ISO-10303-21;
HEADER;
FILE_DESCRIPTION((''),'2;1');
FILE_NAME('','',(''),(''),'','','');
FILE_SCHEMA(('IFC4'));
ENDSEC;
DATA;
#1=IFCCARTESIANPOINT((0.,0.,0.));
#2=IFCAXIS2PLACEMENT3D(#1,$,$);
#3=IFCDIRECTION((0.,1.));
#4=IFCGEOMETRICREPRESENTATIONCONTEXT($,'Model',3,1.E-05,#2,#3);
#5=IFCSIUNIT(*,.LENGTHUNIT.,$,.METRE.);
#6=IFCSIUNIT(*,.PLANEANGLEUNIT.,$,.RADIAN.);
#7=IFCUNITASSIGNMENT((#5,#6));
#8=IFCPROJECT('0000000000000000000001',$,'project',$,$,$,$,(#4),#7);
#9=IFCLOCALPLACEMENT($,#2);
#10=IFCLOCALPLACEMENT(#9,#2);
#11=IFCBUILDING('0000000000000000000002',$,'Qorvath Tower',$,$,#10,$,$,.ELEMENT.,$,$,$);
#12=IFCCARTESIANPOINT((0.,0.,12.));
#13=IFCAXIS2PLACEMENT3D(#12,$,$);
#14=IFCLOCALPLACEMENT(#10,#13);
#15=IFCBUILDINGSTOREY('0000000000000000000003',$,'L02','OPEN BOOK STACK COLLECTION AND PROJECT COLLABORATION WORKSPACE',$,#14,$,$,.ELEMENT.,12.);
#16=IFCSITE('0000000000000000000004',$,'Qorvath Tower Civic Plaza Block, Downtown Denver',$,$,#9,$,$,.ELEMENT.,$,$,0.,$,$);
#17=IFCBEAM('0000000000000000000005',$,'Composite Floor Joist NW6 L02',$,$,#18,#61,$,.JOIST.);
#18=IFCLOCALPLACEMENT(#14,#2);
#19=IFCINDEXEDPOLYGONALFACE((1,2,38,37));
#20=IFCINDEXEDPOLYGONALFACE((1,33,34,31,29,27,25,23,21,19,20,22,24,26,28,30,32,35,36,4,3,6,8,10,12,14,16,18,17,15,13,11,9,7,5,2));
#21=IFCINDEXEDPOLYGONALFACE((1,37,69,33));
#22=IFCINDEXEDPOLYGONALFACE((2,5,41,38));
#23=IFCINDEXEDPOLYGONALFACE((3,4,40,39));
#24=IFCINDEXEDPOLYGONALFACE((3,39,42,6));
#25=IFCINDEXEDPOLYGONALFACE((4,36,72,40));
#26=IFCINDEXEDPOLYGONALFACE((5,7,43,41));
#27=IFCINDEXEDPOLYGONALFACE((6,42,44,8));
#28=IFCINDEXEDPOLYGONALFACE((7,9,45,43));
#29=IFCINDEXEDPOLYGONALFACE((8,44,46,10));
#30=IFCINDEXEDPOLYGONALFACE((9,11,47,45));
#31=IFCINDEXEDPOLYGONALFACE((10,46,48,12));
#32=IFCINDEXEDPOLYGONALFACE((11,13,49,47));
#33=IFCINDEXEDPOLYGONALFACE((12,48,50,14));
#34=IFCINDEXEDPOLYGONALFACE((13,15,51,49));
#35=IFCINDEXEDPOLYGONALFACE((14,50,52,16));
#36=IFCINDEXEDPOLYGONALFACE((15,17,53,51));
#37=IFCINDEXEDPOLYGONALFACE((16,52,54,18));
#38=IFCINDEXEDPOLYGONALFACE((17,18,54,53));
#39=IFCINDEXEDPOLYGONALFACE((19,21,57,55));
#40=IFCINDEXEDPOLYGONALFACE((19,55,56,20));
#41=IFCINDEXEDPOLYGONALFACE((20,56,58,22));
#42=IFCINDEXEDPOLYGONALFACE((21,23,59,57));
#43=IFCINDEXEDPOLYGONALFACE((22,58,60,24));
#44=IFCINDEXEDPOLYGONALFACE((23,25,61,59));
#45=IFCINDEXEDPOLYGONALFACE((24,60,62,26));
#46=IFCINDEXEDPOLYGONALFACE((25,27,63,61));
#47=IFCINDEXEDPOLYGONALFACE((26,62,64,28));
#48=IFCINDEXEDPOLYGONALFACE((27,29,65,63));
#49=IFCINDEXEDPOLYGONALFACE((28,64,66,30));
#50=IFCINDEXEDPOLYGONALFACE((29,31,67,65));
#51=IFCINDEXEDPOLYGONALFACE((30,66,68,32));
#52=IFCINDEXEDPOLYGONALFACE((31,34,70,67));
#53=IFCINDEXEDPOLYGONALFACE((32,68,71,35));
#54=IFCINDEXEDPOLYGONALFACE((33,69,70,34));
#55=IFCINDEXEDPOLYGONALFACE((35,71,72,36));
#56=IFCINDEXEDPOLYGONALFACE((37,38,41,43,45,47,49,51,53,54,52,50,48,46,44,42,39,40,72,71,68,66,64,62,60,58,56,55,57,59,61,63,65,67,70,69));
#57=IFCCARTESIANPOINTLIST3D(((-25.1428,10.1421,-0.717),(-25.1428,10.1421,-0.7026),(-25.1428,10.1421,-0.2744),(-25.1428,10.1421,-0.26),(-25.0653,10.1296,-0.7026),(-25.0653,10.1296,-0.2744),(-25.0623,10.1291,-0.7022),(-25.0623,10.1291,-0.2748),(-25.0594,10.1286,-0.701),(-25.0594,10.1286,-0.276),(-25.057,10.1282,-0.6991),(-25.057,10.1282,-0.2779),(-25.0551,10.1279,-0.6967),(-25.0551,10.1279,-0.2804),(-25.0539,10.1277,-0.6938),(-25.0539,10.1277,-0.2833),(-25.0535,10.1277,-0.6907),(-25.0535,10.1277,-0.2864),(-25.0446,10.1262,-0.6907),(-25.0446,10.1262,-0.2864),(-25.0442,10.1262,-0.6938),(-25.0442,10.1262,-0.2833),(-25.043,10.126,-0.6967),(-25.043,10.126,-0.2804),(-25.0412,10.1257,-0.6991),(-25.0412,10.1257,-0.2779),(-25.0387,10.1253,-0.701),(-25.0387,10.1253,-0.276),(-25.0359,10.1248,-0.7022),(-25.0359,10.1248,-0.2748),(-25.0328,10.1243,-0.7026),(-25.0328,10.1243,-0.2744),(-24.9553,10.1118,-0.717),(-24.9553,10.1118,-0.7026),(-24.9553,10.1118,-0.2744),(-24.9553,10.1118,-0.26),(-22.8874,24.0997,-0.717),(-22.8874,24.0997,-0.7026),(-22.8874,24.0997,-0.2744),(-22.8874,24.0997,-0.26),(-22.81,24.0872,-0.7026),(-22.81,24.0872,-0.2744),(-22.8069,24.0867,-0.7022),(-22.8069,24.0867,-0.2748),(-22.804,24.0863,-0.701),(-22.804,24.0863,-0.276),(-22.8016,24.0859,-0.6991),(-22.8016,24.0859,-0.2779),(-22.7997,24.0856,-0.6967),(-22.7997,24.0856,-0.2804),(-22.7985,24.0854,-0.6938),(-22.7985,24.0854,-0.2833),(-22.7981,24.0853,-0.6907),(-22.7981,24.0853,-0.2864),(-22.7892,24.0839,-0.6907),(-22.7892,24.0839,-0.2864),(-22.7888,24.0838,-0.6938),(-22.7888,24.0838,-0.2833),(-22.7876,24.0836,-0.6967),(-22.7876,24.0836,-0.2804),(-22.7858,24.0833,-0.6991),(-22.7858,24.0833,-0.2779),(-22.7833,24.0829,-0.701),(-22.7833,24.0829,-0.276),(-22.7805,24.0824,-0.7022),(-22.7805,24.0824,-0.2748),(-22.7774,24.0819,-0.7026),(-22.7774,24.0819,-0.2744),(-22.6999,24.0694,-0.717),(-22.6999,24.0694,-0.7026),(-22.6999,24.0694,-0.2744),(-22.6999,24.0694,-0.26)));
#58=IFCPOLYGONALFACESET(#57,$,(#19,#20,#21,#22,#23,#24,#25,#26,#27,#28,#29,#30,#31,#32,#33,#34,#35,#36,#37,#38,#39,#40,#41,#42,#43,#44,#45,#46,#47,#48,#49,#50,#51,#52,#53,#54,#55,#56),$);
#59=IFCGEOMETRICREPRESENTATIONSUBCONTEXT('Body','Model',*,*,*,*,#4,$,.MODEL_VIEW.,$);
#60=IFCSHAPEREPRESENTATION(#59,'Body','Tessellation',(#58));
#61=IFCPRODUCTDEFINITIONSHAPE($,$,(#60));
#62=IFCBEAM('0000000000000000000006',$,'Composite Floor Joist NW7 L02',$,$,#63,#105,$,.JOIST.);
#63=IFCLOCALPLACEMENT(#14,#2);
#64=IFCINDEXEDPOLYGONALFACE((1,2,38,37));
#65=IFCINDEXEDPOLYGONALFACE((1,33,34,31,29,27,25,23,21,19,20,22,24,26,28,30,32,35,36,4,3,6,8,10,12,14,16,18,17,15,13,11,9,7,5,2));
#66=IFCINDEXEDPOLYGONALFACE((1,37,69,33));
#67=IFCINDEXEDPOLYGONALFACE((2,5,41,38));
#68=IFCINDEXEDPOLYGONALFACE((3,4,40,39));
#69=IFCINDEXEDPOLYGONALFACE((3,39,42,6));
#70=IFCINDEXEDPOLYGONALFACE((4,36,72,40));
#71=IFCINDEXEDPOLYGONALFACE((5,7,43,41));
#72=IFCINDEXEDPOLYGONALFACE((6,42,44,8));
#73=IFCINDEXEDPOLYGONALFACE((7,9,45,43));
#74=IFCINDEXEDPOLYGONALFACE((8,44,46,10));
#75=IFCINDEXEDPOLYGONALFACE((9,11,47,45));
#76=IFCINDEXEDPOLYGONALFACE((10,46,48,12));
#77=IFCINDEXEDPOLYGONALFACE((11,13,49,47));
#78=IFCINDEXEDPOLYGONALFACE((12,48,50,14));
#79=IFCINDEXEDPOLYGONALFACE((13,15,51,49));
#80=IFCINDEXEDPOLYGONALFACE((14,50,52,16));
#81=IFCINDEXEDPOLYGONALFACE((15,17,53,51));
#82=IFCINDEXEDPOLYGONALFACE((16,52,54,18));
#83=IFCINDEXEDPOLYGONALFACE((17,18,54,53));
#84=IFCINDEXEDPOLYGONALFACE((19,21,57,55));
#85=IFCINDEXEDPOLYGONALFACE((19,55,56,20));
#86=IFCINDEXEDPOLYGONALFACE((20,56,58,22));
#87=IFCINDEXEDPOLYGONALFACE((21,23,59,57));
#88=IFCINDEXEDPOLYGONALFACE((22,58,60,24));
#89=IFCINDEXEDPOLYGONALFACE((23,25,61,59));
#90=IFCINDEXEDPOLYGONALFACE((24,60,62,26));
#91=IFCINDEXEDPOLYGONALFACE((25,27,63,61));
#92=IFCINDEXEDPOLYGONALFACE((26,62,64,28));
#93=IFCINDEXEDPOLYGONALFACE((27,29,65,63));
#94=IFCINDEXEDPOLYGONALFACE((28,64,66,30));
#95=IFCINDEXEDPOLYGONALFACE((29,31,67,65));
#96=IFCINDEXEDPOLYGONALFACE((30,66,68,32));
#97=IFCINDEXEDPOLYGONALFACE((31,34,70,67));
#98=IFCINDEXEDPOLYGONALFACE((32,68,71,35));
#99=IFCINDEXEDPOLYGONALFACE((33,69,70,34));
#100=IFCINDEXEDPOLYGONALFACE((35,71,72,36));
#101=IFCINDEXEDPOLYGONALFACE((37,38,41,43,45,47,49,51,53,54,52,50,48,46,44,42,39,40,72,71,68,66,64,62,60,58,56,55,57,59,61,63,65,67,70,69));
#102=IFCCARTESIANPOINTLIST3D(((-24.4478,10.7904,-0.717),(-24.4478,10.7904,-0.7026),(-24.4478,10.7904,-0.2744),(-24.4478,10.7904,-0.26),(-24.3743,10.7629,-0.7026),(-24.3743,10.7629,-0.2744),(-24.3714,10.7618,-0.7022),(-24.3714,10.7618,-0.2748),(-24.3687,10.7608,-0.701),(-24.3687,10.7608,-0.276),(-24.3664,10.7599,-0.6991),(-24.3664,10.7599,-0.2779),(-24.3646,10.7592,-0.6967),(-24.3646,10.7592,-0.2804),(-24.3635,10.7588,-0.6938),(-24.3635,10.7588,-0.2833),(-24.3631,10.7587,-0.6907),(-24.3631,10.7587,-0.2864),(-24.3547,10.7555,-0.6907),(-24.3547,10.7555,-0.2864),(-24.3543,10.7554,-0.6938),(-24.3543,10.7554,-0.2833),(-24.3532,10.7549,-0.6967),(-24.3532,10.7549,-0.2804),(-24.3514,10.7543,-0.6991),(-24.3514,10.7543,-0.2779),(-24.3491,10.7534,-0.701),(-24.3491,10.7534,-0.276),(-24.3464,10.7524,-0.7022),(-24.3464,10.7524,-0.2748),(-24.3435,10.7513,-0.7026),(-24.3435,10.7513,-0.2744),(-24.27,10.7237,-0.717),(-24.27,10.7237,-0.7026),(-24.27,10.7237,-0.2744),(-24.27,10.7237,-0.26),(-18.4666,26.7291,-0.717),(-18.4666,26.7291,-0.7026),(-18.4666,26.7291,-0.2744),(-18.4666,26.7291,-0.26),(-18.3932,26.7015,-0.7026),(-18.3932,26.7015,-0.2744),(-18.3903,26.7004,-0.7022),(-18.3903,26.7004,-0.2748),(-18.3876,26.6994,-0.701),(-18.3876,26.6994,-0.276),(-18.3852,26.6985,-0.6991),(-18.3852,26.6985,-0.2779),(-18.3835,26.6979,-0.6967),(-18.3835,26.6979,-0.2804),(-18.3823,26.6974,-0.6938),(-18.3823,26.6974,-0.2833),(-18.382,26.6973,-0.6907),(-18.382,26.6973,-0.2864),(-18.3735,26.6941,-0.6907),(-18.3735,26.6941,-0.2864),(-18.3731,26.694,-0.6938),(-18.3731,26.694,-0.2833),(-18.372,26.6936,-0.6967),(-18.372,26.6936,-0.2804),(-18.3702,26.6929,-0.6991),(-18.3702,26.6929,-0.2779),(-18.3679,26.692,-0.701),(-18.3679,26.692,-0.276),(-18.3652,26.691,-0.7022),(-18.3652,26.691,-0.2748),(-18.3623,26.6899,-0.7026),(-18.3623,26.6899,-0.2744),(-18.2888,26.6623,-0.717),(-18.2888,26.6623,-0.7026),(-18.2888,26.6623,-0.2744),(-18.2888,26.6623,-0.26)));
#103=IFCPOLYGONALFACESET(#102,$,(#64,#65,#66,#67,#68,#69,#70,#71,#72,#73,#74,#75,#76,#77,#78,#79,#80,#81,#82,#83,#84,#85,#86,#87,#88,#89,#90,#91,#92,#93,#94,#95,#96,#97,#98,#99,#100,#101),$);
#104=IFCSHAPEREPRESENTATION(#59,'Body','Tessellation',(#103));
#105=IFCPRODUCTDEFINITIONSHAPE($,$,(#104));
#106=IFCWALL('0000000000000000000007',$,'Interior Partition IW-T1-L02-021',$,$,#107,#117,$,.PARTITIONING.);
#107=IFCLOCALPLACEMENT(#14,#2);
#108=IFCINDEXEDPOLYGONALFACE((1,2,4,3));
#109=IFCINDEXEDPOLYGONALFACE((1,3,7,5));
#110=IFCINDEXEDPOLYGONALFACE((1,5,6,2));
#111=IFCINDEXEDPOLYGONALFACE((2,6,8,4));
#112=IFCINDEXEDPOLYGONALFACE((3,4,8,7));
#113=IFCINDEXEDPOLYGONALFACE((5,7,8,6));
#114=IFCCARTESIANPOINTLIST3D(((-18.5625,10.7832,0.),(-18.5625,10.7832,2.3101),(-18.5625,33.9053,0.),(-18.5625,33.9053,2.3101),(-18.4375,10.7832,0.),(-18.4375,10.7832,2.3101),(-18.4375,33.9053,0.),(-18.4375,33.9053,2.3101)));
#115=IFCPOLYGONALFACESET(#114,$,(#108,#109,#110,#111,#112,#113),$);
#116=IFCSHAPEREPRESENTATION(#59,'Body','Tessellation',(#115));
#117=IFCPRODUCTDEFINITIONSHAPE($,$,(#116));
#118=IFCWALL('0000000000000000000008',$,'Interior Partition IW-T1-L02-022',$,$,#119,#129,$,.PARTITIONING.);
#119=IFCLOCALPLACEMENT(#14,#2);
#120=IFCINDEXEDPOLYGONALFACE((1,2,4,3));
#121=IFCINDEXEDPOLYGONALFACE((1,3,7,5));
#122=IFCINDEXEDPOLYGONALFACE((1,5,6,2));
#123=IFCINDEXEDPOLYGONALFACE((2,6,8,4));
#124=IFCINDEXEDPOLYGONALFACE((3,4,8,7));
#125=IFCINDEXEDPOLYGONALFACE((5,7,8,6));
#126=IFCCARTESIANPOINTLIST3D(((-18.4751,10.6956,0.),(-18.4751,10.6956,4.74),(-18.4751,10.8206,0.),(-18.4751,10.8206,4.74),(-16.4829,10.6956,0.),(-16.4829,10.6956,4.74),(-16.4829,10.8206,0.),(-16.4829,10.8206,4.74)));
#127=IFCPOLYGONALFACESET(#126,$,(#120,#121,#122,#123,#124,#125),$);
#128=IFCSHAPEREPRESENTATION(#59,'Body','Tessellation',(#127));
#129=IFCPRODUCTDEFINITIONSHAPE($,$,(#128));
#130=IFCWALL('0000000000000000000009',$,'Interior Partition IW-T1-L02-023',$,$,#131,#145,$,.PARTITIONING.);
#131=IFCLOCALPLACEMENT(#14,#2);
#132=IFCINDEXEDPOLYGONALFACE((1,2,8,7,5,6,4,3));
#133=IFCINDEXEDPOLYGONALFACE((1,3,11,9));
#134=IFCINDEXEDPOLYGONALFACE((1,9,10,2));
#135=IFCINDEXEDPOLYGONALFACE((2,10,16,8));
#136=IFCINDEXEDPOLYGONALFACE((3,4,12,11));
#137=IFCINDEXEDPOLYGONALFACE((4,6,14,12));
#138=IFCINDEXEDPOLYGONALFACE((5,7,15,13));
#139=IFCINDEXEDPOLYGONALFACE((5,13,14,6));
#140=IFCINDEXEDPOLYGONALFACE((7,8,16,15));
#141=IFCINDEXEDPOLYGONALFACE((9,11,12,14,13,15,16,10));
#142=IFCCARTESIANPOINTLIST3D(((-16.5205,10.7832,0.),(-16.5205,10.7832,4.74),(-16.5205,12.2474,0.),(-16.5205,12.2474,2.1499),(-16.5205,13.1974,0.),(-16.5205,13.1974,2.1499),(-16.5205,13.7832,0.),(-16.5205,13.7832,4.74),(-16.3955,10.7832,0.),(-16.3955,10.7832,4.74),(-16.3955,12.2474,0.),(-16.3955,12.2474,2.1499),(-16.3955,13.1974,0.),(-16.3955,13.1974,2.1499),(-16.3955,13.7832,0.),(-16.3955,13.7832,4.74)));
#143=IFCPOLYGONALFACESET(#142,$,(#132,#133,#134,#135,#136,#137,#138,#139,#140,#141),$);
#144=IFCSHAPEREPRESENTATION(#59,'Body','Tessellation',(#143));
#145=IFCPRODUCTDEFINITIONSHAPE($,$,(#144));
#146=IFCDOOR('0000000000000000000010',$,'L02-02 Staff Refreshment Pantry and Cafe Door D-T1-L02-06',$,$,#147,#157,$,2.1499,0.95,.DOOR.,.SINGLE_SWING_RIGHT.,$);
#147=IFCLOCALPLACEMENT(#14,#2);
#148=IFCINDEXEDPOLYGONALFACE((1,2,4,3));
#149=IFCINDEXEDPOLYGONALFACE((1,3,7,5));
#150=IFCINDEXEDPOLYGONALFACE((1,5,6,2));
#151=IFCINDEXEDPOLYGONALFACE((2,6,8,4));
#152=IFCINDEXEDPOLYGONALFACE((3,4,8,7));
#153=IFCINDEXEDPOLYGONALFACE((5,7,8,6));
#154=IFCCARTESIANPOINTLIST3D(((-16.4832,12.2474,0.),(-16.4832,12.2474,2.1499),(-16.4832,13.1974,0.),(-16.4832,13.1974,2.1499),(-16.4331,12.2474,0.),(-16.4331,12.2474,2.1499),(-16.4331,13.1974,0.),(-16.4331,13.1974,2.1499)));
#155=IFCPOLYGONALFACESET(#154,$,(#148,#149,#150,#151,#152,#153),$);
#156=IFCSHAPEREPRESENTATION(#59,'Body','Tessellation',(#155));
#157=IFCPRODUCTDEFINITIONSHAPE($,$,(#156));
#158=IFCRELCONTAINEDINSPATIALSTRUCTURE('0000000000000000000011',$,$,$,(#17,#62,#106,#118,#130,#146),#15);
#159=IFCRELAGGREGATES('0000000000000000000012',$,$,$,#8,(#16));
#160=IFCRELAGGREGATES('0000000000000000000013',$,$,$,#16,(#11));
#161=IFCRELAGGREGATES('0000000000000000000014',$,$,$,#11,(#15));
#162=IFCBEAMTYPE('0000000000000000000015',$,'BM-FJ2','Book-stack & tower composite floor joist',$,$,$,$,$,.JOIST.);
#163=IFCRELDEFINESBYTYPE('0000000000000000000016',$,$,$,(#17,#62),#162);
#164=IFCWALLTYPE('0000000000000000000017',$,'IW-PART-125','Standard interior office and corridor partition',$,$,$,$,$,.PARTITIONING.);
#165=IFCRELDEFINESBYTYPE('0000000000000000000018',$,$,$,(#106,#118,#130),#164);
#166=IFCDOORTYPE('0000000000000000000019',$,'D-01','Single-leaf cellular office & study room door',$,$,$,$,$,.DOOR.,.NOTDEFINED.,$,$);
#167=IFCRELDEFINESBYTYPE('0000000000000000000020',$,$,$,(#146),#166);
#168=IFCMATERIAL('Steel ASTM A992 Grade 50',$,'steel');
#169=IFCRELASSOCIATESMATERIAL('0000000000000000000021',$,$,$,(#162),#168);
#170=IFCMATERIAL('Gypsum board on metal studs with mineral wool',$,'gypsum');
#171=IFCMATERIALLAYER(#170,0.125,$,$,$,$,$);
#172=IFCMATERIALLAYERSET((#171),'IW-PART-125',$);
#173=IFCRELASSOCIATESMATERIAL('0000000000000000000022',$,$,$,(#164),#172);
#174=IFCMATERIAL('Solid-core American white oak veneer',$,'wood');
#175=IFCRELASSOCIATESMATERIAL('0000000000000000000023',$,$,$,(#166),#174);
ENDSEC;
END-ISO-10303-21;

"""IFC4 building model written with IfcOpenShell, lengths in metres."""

from ifc_helpers import new_model, si_unit, direction, frame, frame_2d, origin, origin_2d, place, context, subcontext, project, spatial, rectangle, i_section, extrude, material, layer, layer_set, material_profile, profile_set, type_object, element, fill, save


model = new_model("IFC4")

# Units and contexts
model_context = context("Model", 3, precision=1e-05, world=origin(), true_north=direction((0.0, 1.0)))
body_context = subcontext(model_context, "Body", "Model", "MODEL_VIEW")
ifc_project = project(units=[si_unit("LENGTHUNIT", "METRE"), si_unit("PLANEANGLEUNIT", "RADIAN")], contexts=[model_context])

# Site, building, storey
site_placement = place(None, origin())
site = spatial("IfcSite", under=ifc_project, at=site_placement, Name="Qorvath Tower Civic Plaza Block, Downtown Denver", CompositionType="ELEMENT", RefElevation=0.0)
building_placement = place(site_placement, origin())
building = spatial("IfcBuilding", under=site, at=building_placement, Name="Qorvath Tower", CompositionType="ELEMENT")
storey_placement = place(building_placement, frame((0.0, 0.0, 12.0)))
storey = spatial("IfcBuildingStorey", under=building, at=storey_placement, Name="L02", Description="OPEN BOOK STACK COLLECTION AND PROJECT COLLABORATION WORKSPACE", CompositionType="ELEMENT", Elevation=12.0)

# Beams
ifc_material_1 = material(Name="Steel ASTM A992 Grade 50", Category="steel")
ifc_material_profile_1 = material_profile(ifc_material_1, i_section(OverallWidth=0.1899, OverallDepth=0.457, WebThickness=0.009, FlangeThickness=0.0144, FilletRadius=0.012, at=origin_2d()), Name="W18x50")
ifc_profile_set_1 = profile_set([ifc_material_profile_1], Name="Steel ASTM A992 Grade 50")
beam_type_1 = type_object("IfcBeamType", Name="BM-FJ2", Description="Book-stack & tower composite floor joist", PredefinedType="JOIST", material=ifc_profile_set_1)
beam_1_placement = place(storey_placement, frame((-25.0491, 10.127, -0.4885), z_axis=(0.159519, 0.987195, 0.0), x_axis=(-0.987195, 0.159519, 0.0)))
element("IfcBeam", 1, at=beam_1_placement, inside=storey, type_object=beam_type_1, Name="Composite Floor Joist NW6 L02", PredefinedType="JOIST", context=body_context, shape_type="SweptSolid", body=[
    extrude(i_section(OverallWidth=0.1899, OverallDepth=0.457, WebThickness=0.009, FlangeThickness=0.0144, FilletRadius=0.012, at=origin_2d()), origin(), (0.0, 0.0, 1.0), 14.1387),
])
beam_2_placement = place(storey_placement, frame((-24.3589, 10.7571, -0.4885), z_axis=(0.351339, 0.936248, 0.0), x_axis=(-0.936248, 0.351339, 0.0)))
element("IfcBeam", 2, at=beam_2_placement, inside=storey, type_object=beam_type_1, Name="Composite Floor Joist NW7 L02", PredefinedType="JOIST", context=body_context, shape_type="SweptSolid", body=[
    extrude(i_section(OverallWidth=0.1899, OverallDepth=0.457, WebThickness=0.009, FlangeThickness=0.0144, FilletRadius=0.012, at=origin_2d()), origin(), (0.0, 0.0, 1.0), 17.0239),
])

# Walls
ifc_material_2 = material(Name="Gypsum board on metal studs with mineral wool", Category="gypsum")
ifc_layer = layer(ifc_material_2, 0.125)
ifc_layer_set = layer_set([ifc_layer], Name="IW-PART-125")
wall_type = type_object("IfcWallType", Name="IW-PART-125", Description="Standard interior office and corridor partition", PredefinedType="PARTITIONING", material=ifc_layer_set)
wall_1_placement = place(storey_placement, frame((-18.5, 33.9053, 0.0), z_axis=(0.0, 0.0, 1.0), x_axis=(0.0, -1.0, 0.0)))
element("IfcWall", 3, at=wall_1_placement, inside=storey, type_object=wall_type, Name="Interior Partition IW-T1-L02-021", PredefinedType="PARTITIONING", context=body_context, shape_type="SweptSolid", body=[
    extrude(rectangle(XDim=23.1221, YDim=0.125, at=frame_2d((11.561, 0.0))), origin(), (0.0, 0.0, 1.0), 2.3101),
])
wall_2_placement = place(storey_placement, frame((-18.4751, 10.7581, 0.0), z_axis=(0.0, 0.0, 1.0), x_axis=(1.0, 0.0, 0.0)))
element("IfcWall", 4, at=wall_2_placement, inside=storey, type_object=wall_type, Name="Interior Partition IW-T1-L02-022", PredefinedType="PARTITIONING", context=body_context, shape_type="SweptSolid", body=[
    extrude(rectangle(XDim=1.9922, YDim=0.125, at=frame_2d((0.9961, 0.0))), origin(), (0.0, 0.0, 1.0), 4.74),
])

# Wall, opening, door
wall_3_placement = place(storey_placement, frame((-16.458, 13.7832, 0.0), z_axis=(0.0, 0.0, 1.0), x_axis=(0.0, -1.0, 0.0)))
wall_3 = element("IfcWall", 5, at=wall_3_placement, inside=storey, type_object=wall_type, Name="Interior Partition IW-T1-L02-023", PredefinedType="PARTITIONING", context=body_context, shape_type="SweptSolid", body=[
    extrude(rectangle(XDim=3.0, YDim=0.125, at=frame_2d((1.5, 0.0))), origin(), (0.0, 0.0, 1.0), 4.74),
])
opening_placement = place(wall_3_placement, frame((0.5857, 0.0, 0.0)))
opening = element("IfcOpeningElement", 6, at=opening_placement, cuts=wall_3, PredefinedType="OPENING", context=body_context, shape_type="SweptSolid", body=[
    extrude(rectangle(XDim=0.95, YDim=2.1499, at=frame_2d((0.4751, 1.075))), frame((0.0, 0.0725, 0.0), z_axis=(0.0, -1.0, 0.0), x_axis=(1.0, 0.0, 0.0)), (0.0, 0.0, 1.0), 0.145),
])
ifc_material_3 = material(Name="Solid-core American white oak veneer", Category="wood")
door_type = type_object("IfcDoorType", Name="D-01", Description="Single-leaf cellular office & study room door", OperationType="NOTDEFINED", PredefinedType="DOOR", material=ifc_material_3)
door_placement = place(opening_placement, origin())
door = element("IfcDoor", 7, at=door_placement, inside=storey, type_object=door_type, Name="L02-02 Staff Refreshment Pantry and Cafe Door D-T1-L02-06", OperationType="SINGLE_SWING_RIGHT", OverallHeight=2.1499, OverallWidth=0.95, PredefinedType="DOOR", context=body_context, shape_type="SweptSolid", body=[
    extrude(rectangle(XDim=0.95, YDim=2.1499, at=frame_2d((0.4751, 1.075))), frame((0.0, 0.0249, 0.0), z_axis=(0.0, -1.0, 0.0), x_axis=(1.0, 0.0, 0.0)), (0.0, 0.0, 1.0), 0.05),
])
fill(opening, door)

save(model, "model.ifc")
